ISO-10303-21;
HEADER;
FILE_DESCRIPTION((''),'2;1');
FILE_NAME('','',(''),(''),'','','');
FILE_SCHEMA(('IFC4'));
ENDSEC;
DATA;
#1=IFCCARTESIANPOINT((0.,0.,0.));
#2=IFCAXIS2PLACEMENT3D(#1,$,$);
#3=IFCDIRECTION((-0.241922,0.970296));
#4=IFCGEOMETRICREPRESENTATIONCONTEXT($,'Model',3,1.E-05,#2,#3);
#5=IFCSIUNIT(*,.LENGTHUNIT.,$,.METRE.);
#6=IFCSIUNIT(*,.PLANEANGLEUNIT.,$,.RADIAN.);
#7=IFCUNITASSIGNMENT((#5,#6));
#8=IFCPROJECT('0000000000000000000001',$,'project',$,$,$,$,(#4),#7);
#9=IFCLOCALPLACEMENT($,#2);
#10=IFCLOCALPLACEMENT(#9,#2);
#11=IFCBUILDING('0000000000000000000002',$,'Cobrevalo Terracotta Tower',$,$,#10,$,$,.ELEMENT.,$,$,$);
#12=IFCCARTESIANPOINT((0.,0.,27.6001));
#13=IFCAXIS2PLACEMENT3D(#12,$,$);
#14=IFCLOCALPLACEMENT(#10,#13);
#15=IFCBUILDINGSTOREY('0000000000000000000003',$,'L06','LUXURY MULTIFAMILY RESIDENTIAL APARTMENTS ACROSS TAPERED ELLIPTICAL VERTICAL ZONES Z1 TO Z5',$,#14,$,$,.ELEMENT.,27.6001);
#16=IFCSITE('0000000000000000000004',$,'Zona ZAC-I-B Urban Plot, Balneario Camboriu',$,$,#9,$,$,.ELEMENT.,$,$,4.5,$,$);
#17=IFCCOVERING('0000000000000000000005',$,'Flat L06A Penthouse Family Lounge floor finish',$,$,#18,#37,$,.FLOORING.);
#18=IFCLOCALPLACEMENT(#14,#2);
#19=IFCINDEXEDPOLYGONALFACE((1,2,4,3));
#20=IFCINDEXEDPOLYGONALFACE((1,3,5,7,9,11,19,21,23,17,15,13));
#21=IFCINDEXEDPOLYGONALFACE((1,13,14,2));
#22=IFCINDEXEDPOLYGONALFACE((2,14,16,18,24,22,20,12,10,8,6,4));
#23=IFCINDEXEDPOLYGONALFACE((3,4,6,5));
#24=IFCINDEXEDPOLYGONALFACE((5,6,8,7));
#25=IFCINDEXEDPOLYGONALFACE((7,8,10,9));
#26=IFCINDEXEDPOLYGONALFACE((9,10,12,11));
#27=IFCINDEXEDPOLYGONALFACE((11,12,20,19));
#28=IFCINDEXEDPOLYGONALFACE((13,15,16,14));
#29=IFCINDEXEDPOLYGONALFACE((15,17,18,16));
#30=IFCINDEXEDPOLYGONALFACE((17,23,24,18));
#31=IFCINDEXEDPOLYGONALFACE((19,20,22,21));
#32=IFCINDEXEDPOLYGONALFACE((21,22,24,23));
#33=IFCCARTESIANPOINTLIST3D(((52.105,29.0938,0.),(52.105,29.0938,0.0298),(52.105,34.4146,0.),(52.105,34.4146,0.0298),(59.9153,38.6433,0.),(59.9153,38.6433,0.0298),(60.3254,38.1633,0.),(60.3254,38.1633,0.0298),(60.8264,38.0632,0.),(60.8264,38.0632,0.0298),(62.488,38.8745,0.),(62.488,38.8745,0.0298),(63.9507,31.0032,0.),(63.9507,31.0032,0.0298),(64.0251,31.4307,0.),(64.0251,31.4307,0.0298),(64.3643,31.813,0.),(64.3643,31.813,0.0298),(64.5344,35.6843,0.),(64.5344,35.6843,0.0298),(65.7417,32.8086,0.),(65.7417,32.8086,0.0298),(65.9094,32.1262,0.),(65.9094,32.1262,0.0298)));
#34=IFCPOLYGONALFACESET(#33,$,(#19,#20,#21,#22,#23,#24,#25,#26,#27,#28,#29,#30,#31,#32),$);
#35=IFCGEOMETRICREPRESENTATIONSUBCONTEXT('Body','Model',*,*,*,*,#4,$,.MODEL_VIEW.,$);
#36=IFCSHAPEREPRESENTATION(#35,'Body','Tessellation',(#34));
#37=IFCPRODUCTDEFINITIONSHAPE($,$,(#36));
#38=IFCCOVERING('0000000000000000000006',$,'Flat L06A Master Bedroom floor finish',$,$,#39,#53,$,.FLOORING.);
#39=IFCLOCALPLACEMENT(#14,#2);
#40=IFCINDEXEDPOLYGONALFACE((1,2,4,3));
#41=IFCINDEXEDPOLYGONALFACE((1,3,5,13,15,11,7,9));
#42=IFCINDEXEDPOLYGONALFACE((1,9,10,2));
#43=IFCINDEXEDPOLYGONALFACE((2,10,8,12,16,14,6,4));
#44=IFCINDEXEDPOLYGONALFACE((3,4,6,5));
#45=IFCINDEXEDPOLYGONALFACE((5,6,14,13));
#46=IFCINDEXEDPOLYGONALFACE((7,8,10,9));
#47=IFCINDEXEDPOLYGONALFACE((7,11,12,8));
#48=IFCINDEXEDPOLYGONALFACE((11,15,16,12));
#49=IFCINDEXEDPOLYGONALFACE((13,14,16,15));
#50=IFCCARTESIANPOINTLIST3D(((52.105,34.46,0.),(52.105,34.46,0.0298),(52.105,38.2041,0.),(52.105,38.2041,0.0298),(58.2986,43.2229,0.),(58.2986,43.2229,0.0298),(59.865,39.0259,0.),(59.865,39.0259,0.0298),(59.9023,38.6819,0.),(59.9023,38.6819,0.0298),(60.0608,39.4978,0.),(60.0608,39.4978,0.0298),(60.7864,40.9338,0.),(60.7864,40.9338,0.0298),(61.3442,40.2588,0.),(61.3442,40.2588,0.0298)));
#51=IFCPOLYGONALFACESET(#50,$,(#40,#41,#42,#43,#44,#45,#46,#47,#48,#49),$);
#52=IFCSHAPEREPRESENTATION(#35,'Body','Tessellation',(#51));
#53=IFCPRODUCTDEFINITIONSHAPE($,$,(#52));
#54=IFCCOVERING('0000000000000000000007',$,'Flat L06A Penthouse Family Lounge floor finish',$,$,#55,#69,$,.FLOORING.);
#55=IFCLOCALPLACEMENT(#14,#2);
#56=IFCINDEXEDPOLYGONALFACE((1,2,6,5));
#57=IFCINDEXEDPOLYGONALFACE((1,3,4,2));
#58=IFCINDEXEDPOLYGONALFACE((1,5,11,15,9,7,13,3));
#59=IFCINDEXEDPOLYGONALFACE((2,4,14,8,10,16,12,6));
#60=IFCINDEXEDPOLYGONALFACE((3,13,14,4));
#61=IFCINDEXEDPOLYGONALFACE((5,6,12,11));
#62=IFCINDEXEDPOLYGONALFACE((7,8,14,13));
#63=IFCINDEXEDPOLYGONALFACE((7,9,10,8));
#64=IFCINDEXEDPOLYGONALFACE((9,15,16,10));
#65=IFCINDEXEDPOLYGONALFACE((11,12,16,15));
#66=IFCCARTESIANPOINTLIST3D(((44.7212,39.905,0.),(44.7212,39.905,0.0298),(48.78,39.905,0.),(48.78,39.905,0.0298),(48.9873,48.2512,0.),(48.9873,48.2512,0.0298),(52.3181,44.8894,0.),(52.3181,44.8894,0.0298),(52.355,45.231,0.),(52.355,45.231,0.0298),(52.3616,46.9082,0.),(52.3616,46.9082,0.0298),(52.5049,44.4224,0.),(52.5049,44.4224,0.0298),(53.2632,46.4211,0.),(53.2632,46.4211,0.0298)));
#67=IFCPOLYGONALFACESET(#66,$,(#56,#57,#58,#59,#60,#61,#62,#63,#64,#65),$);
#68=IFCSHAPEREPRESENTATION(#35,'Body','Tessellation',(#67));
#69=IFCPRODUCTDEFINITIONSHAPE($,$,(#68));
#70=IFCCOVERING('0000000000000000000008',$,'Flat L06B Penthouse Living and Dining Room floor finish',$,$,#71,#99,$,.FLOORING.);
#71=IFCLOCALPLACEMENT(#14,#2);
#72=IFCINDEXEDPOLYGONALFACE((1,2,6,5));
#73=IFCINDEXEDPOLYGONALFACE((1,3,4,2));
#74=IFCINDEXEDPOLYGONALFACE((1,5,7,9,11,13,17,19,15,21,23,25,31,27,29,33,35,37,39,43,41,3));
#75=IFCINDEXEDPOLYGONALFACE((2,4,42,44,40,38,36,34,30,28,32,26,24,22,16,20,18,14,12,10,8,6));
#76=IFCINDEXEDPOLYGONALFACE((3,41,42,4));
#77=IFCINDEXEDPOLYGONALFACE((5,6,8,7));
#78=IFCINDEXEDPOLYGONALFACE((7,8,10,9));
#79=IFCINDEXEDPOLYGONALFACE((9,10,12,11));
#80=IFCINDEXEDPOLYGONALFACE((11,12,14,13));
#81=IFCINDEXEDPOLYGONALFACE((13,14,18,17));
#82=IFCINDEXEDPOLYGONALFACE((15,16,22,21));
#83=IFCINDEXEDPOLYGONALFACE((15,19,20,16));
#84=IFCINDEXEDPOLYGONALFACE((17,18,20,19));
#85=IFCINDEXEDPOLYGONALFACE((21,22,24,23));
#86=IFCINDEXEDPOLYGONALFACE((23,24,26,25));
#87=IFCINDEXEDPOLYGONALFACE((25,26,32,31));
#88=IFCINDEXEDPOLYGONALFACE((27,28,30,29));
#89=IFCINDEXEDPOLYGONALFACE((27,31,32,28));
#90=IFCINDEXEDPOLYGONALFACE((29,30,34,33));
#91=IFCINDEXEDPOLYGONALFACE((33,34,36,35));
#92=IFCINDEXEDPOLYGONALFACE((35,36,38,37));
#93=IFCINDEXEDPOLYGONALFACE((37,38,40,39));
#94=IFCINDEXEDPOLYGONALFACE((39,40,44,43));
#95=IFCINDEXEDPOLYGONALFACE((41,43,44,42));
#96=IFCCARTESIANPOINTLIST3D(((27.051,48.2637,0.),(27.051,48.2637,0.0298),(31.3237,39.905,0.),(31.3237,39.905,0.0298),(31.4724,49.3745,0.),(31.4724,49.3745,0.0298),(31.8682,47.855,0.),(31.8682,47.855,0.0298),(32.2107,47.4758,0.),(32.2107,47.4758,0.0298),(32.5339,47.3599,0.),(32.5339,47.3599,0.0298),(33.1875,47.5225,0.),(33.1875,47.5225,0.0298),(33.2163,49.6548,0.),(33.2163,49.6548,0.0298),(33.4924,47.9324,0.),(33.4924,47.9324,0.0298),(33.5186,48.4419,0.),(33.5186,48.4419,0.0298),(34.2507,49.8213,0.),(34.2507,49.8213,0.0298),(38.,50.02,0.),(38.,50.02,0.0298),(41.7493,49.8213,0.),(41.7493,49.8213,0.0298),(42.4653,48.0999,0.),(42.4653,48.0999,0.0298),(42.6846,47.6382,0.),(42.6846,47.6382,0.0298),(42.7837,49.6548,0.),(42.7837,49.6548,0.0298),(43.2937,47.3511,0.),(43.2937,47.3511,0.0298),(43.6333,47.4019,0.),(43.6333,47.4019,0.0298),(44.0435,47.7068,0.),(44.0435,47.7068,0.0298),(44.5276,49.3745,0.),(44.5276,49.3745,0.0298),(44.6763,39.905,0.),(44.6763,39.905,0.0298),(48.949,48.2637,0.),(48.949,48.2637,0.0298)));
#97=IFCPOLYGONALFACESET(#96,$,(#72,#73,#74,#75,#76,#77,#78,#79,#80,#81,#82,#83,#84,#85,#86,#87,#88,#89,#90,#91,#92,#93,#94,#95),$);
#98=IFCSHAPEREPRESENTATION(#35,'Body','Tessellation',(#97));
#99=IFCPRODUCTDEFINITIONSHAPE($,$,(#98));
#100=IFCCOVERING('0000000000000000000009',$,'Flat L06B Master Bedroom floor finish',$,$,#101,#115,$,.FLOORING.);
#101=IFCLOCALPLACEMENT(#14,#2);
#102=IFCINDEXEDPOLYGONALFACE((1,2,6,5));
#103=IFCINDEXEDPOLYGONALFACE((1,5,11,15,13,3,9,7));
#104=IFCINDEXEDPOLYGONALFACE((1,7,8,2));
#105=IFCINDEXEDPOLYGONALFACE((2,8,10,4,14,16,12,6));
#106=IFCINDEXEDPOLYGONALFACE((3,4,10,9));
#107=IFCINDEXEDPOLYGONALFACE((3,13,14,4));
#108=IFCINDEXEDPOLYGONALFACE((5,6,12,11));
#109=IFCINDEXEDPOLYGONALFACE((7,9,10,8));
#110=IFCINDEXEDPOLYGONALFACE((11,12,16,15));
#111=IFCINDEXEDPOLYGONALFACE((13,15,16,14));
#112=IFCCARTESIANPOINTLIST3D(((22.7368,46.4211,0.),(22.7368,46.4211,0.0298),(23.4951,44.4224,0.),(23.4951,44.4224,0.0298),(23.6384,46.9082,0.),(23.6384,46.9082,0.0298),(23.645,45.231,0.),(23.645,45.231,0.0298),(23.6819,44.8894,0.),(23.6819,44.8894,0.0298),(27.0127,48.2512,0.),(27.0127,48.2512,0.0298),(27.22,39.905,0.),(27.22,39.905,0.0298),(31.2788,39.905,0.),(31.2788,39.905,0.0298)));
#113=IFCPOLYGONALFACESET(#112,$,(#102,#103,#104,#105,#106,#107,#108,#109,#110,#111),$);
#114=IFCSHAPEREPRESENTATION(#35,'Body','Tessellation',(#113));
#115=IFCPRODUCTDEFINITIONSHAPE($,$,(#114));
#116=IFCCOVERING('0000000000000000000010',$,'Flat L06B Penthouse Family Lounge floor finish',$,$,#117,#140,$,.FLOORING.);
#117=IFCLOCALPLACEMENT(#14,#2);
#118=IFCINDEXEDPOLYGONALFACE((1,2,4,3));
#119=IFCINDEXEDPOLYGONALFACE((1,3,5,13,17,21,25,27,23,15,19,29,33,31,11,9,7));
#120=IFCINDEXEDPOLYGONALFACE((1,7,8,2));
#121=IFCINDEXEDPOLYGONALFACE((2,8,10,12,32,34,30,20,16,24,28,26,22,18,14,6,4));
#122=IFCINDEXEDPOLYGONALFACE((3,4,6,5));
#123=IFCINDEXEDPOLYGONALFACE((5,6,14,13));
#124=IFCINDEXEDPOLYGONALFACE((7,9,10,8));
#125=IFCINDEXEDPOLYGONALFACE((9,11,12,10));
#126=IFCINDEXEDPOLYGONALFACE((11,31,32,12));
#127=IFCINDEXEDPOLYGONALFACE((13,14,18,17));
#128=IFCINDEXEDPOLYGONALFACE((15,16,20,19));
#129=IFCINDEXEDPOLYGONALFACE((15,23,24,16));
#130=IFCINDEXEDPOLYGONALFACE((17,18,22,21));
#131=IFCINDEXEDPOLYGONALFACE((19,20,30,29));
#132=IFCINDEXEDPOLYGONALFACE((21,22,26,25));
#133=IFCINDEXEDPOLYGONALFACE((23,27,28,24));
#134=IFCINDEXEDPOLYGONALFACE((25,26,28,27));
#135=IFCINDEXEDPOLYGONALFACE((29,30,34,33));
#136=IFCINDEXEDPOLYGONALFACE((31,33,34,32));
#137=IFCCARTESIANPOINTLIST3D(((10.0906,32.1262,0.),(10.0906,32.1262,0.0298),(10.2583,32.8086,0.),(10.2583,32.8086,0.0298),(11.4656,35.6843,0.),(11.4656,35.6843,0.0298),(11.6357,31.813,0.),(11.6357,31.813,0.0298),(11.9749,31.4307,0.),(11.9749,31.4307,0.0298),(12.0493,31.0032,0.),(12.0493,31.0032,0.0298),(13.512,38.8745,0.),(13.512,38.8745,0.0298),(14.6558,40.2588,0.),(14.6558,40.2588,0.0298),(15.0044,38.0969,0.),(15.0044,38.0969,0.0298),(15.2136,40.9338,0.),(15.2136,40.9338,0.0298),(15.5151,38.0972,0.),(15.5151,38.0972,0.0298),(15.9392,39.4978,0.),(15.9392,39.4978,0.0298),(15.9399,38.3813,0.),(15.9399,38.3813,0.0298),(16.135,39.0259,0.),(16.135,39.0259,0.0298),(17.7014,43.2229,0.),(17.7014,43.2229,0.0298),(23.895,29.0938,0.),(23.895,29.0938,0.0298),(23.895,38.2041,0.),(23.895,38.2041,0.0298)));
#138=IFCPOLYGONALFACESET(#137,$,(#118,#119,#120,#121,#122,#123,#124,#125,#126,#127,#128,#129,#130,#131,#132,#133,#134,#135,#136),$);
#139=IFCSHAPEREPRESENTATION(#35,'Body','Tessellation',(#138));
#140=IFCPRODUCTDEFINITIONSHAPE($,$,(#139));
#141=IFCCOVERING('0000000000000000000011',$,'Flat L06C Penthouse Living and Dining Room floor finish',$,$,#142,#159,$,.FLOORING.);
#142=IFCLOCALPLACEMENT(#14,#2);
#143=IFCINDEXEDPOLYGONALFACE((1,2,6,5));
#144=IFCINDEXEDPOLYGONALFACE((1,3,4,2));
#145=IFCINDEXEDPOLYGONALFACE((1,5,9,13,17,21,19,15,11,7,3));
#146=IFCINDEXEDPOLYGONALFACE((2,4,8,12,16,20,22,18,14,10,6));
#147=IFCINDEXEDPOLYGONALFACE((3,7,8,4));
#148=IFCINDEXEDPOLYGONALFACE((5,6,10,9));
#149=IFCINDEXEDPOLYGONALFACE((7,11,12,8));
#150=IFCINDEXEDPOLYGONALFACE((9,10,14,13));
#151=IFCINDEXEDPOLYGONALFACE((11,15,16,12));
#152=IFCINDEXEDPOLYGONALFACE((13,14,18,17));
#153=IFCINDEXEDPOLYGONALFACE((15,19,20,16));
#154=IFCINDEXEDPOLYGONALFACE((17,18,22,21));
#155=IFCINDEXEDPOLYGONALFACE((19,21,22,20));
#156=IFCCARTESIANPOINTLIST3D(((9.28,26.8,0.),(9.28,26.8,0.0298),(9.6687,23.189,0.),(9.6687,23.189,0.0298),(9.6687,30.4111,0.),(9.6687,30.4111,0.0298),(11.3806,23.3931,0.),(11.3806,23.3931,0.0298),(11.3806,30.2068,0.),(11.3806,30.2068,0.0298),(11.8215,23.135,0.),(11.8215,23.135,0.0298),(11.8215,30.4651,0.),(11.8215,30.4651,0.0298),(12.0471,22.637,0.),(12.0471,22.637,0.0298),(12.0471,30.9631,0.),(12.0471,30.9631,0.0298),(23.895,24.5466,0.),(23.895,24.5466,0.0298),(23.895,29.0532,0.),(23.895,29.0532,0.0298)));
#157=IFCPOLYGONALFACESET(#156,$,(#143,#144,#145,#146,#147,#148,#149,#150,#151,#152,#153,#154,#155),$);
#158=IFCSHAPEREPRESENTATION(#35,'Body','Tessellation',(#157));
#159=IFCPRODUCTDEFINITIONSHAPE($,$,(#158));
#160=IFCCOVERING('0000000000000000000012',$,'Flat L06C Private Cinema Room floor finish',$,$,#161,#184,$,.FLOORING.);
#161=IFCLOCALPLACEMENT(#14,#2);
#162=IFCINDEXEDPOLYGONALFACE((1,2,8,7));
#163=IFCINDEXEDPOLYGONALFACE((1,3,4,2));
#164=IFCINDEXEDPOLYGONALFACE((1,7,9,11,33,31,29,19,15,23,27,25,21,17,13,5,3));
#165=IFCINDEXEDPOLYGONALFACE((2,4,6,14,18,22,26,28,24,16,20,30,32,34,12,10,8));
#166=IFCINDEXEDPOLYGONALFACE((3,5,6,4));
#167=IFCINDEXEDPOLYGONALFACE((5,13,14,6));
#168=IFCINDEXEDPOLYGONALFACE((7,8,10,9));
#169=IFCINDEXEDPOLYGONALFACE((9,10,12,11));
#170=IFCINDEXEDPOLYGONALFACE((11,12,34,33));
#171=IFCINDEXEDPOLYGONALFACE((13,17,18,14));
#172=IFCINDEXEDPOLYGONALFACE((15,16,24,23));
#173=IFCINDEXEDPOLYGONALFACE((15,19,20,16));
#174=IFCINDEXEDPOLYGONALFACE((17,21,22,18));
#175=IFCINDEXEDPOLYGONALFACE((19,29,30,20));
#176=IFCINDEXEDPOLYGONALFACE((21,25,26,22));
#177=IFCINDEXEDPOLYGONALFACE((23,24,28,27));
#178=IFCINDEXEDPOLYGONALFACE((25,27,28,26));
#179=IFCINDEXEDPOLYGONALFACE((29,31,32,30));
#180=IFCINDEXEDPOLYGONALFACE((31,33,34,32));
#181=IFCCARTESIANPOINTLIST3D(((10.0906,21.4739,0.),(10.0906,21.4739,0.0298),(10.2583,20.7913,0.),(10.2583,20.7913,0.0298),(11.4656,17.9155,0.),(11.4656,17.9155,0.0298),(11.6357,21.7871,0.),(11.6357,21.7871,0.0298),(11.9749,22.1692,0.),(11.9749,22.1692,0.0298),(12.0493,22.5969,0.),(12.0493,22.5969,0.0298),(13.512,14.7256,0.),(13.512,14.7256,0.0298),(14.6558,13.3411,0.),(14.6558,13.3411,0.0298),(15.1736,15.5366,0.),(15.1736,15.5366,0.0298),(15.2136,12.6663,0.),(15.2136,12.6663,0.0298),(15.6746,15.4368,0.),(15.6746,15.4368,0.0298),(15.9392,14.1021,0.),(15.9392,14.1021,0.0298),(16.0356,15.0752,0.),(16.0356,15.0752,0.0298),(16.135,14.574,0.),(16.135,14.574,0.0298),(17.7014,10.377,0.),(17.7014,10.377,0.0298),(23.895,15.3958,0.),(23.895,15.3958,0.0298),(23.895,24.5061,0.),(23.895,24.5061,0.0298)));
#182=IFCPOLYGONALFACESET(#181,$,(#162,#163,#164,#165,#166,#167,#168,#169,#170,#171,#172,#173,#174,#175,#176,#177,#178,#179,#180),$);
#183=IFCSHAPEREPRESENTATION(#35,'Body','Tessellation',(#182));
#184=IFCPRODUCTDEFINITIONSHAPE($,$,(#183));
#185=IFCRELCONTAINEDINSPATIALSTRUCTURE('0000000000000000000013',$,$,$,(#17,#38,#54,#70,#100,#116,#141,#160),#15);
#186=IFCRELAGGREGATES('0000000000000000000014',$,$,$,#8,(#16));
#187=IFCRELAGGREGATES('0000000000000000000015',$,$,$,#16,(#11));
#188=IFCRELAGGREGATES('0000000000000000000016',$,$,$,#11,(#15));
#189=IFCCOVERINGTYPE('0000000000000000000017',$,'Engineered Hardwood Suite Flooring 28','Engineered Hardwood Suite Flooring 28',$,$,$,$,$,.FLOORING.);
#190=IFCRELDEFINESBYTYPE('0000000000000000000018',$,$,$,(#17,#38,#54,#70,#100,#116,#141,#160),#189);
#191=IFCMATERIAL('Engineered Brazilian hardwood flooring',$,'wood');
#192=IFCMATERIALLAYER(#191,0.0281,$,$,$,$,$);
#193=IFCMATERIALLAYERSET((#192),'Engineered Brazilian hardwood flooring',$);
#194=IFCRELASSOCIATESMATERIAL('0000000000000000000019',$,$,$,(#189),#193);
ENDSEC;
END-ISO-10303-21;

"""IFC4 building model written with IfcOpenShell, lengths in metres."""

from ifc_helpers import new_model, si_unit, direction, frame, origin, place, context, subcontext, project, spatial, polyline, outline, extrude, material, layer, layer_set, type_object, element, save


model = new_model("IFC4")

# Units and contexts
model_context = context("Model", 3, precision=1e-05, world=origin(), true_north=direction((-0.241922, 0.970296)))
body_context = subcontext(model_context, "Body", "Model", "MODEL_VIEW")
ifc_project = project(units=[si_unit("LENGTHUNIT", "METRE"), si_unit("PLANEANGLEUNIT", "RADIAN")], contexts=[model_context])

# Site, building, storey
site_placement = place(None, origin())
site = spatial("IfcSite", under=ifc_project, at=site_placement, Name="Zona ZAC-I-B Urban Plot, Balneario Camboriu", CompositionType="ELEMENT", RefElevation=4.5)
building_placement = place(site_placement, origin())
building = spatial("IfcBuilding", under=site, at=building_placement, Name="Cobrevalo Terracotta Tower", CompositionType="ELEMENT")
storey_placement = place(building_placement, frame((0.0, 0.0, 27.6001)))
storey = spatial("IfcBuildingStorey", under=building, at=storey_placement, Name="L06", Description="LUXURY MULTIFAMILY RESIDENTIAL APARTMENTS ACROSS TAPERED ELLIPTICAL VERTICAL ZONES Z1 TO Z5", CompositionType="ELEMENT", Elevation=27.6001)

# Coverings
ifc_material_1 = material(Name="Engineered Brazilian hardwood flooring", Category="wood")
ifc_layer_1 = layer(ifc_material_1, 0.0281)
ifc_layer_set_1 = layer_set([ifc_layer_1], Name="Engineered Brazilian hardwood flooring")
covering_type_1 = type_object("IfcCoveringType", Name="Engineered Hardwood Suite Flooring 28", Description="Engineered Hardwood Suite Flooring 28", PredefinedType="FLOORING", material=ifc_layer_set_1)
covering_1_placement = place(storey_placement, origin())
element("IfcCovering", 1, at=covering_1_placement, inside=storey, type_object=covering_type_1, Name="Flat L06A Penthouse Family Lounge floor finish", PredefinedType="FLOORING", context=body_context, shape_type="SweptSolid", body=[
    extrude(outline(polyline([(59.9153, 38.6433), (60.3254, 38.1633), (60.8264, 38.0632), (62.488, 38.8745), (64.5344, 35.6843), (65.7417, 32.8086), (65.9094, 32.1262), (64.3643, 31.813), (64.0251, 31.4307), (63.9507, 31.0032), (52.105, 29.0938), (52.105, 34.4146), (59.9153, 38.6433)])), origin(), (0.0, 0.0, 1.0), 0.0298),
])
covering_2_placement = place(storey_placement, origin())
element("IfcCovering", 2, at=covering_2_placement, inside=storey, type_object=covering_type_1, Name="Flat L06A Master Bedroom floor finish", PredefinedType="FLOORING", context=body_context, shape_type="SweptSolid", body=[
    extrude(outline(polyline([(58.2986, 43.2229), (60.7864, 40.9338), (61.3442, 40.2588), (60.0608, 39.4978), (59.865, 39.0259), (59.9023, 38.6819), (52.105, 34.46), (52.105, 38.2041), (58.2986, 43.2229)])), origin(), (0.0, 0.0, 1.0), 0.0298),
])
covering_3_placement = place(storey_placement, origin())
element("IfcCovering", 3, at=covering_3_placement, inside=storey, type_object=covering_type_1, Name="Flat L06A Penthouse Family Lounge floor finish", PredefinedType="FLOORING", context=body_context, shape_type="SweptSolid", body=[
    extrude(outline(polyline([(48.9873, 48.2512), (52.3616, 46.9082), (53.2632, 46.4211), (52.355, 45.231), (52.3181, 44.8894), (52.5049, 44.4224), (48.78, 39.905), (44.7212, 39.905), (48.9873, 48.2512)])), origin(), (0.0, 0.0, 1.0), 0.0298),
])
covering_4_placement = place(storey_placement, origin())
element("IfcCovering", 4, at=covering_4_placement, inside=storey, type_object=covering_type_1, Name="Flat L06B Penthouse Living and Dining Room floor finish", PredefinedType="FLOORING", context=body_context, shape_type="SweptSolid", body=[
    extrude(outline(polyline([(31.4724, 49.3745), (31.8682, 47.855), (32.2107, 47.4758), (32.5339, 47.3599), (33.1875, 47.5225), (33.4924, 47.9324), (33.5186, 48.4419), (33.2163, 49.6548), (34.2507, 49.8213), (38.0, 50.02), (41.7493, 49.8213), (42.7837, 49.6548), (42.4653, 48.0999), (42.6846, 47.6382), (43.2937, 47.3511), (43.6333, 47.4019), (44.0435, 47.7068), (44.5276, 49.3745), (48.949, 48.2637), (44.6763, 39.905), (31.3237, 39.905), (27.051, 48.2637), (31.4724, 49.3745)])), origin(), (0.0, 0.0, 1.0), 0.0298),
])
covering_5_placement = place(storey_placement, origin())
element("IfcCovering", 5, at=covering_5_placement, inside=storey, type_object=covering_type_1, Name="Flat L06B Master Bedroom floor finish", PredefinedType="FLOORING", context=body_context, shape_type="SweptSolid", body=[
    extrude(outline(polyline([(23.4951, 44.4224), (23.6819, 44.8894), (23.645, 45.231), (22.7368, 46.4211), (23.6384, 46.9082), (27.0127, 48.2512), (31.2788, 39.905), (27.22, 39.905), (23.4951, 44.4224)])), origin(), (0.0, 0.0, 1.0), 0.0298),
])
covering_6_placement = place(storey_placement, origin())
element("IfcCovering", 6, at=covering_6_placement, inside=storey, type_object=covering_type_1, Name="Flat L06B Penthouse Family Lounge floor finish", PredefinedType="FLOORING", context=body_context, shape_type="SweptSolid", body=[
    extrude(outline(polyline([(13.512, 38.8745), (15.0044, 38.0969), (15.5151, 38.0972), (15.9399, 38.3813), (16.135, 39.0259), (15.9392, 39.4978), (14.6558, 40.2588), (15.2136, 40.9338), (17.7014, 43.2229), (23.895, 38.2041), (23.895, 29.0938), (12.0493, 31.0032), (11.9749, 31.4307), (11.6357, 31.813), (10.0906, 32.1262), (10.2583, 32.8086), (11.4656, 35.6843), (13.512, 38.8745)])), origin(), (0.0, 0.0, 1.0), 0.0298),
])
covering_7_placement = place(storey_placement, origin())
element("IfcCovering", 7, at=covering_7_placement, inside=storey, type_object=covering_type_1, Name="Flat L06C Penthouse Living and Dining Room floor finish", PredefinedType="FLOORING", context=body_context, shape_type="SweptSolid", body=[
    extrude(outline(polyline([(9.28, 26.8), (9.6687, 30.4111), (11.3806, 30.2068), (11.8215, 30.4651), (12.0471, 30.9631), (23.895, 29.0532), (23.895, 24.5466), (12.0471, 22.637), (11.8215, 23.135), (11.3806, 23.3931), (9.6687, 23.189), (9.28, 26.8)])), origin(), (0.0, 0.0, 1.0), 0.0298),
])
covering_8_placement = place(storey_placement, origin())
element("IfcCovering", 8, at=covering_8_placement, inside=storey, type_object=covering_type_1, Name="Flat L06C Private Cinema Room floor finish", PredefinedType="FLOORING", context=body_context, shape_type="SweptSolid", body=[
    extrude(outline(polyline([(15.2136, 12.6663), (14.6558, 13.3411), (15.9392, 14.1021), (16.135, 14.574), (16.0356, 15.0752), (15.6746, 15.4368), (15.1736, 15.5366), (13.512, 14.7256), (11.4656, 17.9155), (10.2583, 20.7913), (10.0906, 21.4739), (11.6357, 21.7871), (11.9749, 22.1692), (12.0493, 22.5969), (23.895, 24.5061), (23.895, 15.3958), (17.7014, 10.377), (15.2136, 12.6663)])), origin(), (0.0, 0.0, 1.0), 0.0298),
])

save(model, "model.ifc")
